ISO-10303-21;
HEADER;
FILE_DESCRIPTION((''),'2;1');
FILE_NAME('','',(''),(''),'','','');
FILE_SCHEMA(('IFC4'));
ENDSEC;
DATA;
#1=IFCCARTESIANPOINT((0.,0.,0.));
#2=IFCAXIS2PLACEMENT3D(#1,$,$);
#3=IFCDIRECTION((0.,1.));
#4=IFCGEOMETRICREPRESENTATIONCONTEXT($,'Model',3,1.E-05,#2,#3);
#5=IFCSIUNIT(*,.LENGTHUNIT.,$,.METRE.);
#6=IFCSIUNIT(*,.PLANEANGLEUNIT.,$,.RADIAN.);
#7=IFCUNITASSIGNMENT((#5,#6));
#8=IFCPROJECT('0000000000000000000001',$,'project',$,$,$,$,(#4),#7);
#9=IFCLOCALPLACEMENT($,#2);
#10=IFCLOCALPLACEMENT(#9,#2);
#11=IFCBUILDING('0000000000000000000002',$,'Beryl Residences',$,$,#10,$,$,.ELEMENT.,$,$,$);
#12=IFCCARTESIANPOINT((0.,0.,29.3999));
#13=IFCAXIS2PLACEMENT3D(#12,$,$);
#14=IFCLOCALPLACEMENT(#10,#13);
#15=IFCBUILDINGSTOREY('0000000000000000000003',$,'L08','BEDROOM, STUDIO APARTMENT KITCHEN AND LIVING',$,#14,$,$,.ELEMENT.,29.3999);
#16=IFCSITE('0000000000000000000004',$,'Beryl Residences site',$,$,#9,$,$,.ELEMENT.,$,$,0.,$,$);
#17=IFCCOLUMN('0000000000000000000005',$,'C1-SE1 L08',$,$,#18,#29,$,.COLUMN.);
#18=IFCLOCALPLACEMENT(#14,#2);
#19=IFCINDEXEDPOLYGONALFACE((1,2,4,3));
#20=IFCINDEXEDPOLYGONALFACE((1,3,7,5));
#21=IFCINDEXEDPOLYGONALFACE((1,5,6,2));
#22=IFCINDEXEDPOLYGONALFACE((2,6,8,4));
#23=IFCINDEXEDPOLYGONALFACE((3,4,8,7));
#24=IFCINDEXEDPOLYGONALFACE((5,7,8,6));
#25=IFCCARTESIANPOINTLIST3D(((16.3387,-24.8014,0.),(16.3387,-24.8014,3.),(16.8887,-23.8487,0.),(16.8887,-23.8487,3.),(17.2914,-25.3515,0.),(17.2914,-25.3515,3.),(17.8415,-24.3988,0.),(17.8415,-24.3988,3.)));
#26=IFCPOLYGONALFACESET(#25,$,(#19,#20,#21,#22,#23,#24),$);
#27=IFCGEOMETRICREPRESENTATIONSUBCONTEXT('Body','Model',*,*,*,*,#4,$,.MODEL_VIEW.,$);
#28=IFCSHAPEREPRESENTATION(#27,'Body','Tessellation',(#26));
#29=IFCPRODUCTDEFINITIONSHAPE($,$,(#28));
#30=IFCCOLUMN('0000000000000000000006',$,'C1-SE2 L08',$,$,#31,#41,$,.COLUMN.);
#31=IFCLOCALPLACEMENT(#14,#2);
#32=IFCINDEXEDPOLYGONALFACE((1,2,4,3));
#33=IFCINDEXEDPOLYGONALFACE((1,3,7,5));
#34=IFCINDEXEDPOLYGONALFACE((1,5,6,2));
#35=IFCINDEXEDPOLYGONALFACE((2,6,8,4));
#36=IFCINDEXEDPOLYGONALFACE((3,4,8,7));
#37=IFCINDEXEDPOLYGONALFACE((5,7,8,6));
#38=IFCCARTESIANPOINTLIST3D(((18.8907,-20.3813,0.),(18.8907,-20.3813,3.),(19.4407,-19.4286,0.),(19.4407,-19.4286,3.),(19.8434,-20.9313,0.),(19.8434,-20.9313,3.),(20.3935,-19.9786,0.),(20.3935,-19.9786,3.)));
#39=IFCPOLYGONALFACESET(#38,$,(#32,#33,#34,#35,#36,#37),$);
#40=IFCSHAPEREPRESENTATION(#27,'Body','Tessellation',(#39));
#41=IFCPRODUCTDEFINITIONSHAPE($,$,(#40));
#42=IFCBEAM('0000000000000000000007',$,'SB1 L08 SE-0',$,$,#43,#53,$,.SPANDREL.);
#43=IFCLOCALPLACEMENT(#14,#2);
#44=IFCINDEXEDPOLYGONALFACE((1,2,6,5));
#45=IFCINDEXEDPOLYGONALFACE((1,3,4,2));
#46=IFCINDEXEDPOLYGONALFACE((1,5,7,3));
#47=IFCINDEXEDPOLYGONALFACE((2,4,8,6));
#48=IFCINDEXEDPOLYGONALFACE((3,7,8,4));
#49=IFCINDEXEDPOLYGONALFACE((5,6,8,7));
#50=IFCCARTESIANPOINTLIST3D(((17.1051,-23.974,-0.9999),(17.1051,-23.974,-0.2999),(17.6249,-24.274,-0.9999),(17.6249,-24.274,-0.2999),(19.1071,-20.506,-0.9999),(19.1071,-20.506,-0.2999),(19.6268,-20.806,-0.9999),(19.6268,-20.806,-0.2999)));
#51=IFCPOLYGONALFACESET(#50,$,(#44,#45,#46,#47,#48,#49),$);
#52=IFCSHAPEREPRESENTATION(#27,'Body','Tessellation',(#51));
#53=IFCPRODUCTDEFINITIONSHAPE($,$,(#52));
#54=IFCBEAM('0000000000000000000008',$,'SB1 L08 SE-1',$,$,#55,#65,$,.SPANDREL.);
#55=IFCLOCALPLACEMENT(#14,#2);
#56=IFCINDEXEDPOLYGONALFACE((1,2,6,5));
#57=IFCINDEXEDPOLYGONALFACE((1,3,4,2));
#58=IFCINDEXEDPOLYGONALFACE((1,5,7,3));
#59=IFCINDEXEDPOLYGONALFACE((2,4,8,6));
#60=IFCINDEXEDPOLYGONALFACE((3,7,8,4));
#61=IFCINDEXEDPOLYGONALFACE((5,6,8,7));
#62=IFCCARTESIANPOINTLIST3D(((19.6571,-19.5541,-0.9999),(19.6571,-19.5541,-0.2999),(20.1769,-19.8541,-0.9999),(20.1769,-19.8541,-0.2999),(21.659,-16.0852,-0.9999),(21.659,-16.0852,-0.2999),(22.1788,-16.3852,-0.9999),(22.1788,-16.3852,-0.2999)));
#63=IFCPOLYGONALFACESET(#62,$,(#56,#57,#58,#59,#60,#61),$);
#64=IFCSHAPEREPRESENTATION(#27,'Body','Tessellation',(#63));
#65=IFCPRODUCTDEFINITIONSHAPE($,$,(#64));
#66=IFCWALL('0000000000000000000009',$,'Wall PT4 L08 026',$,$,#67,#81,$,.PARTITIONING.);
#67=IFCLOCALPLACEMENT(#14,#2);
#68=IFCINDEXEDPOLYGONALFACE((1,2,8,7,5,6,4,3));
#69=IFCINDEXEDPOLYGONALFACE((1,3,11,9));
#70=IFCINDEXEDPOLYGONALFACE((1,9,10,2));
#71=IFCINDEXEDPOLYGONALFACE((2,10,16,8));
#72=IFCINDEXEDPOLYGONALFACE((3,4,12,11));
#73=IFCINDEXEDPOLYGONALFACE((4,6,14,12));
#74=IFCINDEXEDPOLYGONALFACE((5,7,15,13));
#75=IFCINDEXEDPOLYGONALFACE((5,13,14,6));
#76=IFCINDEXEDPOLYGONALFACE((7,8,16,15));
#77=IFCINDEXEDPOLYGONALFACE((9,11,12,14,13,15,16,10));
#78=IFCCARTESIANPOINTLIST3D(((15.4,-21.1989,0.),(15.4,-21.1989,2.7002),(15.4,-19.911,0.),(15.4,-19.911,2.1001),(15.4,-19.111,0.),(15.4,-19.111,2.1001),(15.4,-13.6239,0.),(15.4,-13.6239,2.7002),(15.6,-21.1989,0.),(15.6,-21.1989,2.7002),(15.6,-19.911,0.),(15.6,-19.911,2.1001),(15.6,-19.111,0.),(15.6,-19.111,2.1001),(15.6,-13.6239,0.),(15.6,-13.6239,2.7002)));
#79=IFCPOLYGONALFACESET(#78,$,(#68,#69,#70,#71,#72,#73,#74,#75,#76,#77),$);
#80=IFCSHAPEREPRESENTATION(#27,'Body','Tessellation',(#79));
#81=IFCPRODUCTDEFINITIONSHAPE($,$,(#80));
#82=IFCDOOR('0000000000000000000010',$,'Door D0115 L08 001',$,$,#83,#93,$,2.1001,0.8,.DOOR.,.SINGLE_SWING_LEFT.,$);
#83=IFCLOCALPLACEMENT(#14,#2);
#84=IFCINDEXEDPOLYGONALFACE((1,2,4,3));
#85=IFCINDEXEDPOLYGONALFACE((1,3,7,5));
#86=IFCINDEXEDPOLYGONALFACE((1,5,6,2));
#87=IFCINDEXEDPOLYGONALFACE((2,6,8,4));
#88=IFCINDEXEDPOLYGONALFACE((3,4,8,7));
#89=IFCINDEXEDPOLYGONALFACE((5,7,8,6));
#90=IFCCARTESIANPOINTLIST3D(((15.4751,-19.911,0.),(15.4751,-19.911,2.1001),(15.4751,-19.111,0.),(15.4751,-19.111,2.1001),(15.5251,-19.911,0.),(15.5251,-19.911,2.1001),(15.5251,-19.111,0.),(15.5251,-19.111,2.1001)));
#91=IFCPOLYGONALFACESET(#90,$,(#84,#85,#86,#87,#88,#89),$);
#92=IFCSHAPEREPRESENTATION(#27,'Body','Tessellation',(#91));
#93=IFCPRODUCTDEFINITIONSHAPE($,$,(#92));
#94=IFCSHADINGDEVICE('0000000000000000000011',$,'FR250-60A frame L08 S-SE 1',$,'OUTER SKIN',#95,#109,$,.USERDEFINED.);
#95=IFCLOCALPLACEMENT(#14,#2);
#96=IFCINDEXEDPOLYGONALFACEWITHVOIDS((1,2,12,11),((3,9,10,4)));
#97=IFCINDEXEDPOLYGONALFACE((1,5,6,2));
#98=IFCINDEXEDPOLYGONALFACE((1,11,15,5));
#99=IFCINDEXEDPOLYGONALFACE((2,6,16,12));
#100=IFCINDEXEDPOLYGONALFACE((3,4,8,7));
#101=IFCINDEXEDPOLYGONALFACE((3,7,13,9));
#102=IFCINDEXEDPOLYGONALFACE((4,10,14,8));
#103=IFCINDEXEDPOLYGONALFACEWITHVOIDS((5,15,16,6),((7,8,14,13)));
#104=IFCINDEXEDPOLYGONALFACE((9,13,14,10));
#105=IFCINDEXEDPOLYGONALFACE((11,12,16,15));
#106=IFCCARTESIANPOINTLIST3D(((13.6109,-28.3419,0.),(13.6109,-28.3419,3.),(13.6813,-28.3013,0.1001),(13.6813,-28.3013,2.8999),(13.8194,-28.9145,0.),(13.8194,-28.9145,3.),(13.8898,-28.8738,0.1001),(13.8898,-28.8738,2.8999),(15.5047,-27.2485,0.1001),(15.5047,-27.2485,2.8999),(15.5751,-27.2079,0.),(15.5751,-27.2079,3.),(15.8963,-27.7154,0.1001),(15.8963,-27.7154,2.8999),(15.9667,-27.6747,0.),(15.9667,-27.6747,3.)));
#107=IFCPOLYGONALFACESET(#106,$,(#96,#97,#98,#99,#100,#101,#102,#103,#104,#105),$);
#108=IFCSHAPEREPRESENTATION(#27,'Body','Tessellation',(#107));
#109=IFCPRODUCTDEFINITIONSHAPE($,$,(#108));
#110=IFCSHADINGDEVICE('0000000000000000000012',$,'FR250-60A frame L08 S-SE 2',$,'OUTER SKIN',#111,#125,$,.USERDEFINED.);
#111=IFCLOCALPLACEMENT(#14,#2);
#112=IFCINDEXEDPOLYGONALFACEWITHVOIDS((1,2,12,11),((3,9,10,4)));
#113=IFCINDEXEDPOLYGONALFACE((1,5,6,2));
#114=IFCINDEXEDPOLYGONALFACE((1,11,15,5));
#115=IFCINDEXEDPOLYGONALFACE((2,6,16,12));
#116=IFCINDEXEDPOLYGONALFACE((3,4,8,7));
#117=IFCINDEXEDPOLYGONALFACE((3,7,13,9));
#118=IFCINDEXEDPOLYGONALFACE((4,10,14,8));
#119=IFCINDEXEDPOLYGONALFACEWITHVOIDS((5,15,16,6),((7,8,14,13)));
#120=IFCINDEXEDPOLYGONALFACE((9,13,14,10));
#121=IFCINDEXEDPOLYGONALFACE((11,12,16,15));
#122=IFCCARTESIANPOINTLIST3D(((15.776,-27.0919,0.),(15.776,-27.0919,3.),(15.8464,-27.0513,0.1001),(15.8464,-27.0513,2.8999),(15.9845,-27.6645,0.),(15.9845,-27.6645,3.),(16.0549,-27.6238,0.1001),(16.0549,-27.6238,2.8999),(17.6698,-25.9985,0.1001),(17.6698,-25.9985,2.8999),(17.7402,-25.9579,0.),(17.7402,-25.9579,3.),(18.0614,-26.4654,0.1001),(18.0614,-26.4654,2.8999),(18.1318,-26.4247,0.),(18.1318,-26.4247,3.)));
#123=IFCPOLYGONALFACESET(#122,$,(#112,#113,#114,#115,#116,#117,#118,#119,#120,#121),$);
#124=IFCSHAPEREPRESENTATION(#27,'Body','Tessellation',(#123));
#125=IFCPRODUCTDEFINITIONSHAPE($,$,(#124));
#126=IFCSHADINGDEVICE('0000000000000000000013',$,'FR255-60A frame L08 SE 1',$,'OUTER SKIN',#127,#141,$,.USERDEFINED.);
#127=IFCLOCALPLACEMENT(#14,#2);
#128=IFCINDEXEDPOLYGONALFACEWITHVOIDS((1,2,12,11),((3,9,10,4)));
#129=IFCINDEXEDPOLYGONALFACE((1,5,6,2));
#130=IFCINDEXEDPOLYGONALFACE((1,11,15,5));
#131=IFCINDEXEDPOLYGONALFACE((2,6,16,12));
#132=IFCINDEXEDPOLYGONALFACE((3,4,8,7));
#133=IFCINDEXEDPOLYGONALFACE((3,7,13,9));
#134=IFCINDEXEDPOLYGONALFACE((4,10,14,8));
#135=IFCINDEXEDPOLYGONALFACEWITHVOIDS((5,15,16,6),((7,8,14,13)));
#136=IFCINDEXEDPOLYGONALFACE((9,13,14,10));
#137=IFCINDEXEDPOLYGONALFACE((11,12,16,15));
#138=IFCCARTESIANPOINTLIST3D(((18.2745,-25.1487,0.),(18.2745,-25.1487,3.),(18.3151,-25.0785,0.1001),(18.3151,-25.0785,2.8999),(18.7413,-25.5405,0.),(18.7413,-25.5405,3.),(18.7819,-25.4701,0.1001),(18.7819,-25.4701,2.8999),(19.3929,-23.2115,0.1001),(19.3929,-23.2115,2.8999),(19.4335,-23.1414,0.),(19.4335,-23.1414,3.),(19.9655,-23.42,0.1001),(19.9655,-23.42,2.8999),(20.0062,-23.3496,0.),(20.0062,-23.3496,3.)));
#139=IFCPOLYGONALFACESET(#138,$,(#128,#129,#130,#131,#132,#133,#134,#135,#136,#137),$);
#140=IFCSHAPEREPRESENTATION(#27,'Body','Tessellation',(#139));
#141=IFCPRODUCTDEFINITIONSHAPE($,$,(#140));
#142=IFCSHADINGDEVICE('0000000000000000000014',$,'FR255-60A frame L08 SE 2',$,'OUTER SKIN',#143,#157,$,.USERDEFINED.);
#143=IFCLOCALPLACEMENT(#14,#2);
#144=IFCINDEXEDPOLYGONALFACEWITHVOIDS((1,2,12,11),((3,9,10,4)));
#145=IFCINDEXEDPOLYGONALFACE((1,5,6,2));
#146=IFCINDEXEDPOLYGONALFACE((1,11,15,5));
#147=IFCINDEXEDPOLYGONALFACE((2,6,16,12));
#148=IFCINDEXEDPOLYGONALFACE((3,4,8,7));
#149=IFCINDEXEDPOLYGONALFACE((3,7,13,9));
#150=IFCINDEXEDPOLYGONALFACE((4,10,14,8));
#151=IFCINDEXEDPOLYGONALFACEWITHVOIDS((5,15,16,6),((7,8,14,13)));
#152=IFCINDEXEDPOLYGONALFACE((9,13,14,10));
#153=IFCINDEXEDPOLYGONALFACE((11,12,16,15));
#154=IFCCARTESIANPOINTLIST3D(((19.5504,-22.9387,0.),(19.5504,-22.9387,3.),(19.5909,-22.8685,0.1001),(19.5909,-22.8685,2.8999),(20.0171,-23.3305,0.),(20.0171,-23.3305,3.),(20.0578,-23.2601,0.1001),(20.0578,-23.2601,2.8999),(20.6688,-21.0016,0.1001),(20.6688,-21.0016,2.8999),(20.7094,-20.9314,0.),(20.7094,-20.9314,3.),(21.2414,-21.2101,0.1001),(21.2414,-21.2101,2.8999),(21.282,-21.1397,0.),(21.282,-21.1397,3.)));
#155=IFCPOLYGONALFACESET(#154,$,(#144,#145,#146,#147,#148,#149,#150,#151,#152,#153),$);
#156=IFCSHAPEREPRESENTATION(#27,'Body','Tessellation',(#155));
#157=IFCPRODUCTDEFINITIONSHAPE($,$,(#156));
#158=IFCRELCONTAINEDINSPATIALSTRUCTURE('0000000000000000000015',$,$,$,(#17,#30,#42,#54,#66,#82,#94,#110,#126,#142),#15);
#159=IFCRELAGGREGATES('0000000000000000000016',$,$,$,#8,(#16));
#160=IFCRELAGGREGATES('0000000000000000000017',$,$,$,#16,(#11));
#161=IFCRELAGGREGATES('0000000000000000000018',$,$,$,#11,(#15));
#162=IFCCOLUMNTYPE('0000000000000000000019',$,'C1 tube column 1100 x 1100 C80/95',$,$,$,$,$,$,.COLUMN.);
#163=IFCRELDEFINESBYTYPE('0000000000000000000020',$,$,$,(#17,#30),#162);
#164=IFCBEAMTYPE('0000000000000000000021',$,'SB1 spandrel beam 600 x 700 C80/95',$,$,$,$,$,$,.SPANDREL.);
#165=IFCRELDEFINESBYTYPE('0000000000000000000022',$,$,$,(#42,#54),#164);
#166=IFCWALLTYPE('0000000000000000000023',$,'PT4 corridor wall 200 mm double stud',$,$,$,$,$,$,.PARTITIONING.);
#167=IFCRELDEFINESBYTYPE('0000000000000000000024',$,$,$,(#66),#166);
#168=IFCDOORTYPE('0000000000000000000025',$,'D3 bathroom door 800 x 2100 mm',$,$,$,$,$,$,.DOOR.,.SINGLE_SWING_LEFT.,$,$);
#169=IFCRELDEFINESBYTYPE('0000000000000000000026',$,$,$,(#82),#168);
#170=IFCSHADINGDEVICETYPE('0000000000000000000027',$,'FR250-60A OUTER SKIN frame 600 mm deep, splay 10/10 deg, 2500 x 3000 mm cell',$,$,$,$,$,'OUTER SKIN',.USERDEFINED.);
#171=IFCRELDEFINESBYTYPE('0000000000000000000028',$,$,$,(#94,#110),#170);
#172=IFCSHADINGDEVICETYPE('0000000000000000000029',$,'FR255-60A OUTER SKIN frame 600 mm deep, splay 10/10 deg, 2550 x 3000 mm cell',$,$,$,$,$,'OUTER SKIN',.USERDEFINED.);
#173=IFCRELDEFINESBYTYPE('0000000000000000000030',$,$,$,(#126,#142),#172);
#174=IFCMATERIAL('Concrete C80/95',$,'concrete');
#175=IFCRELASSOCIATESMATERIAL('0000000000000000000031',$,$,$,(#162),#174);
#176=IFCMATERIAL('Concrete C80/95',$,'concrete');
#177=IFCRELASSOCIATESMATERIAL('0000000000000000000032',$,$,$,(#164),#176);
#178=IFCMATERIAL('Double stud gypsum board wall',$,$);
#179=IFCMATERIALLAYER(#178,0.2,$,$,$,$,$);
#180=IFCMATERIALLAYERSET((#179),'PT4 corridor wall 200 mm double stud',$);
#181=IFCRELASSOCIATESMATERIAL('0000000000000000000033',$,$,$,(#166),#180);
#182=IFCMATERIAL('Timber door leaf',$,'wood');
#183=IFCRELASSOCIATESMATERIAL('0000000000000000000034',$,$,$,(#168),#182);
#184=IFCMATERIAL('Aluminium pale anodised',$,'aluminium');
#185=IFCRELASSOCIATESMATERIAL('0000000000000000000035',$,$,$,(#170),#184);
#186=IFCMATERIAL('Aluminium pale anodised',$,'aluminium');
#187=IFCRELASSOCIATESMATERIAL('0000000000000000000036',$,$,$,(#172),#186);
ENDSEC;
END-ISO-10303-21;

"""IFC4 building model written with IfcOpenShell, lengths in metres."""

from ifc_helpers import new_model, entity, si_unit, direction, frame, frame_2d, origin, origin_2d, place, context, subcontext, project, spatial, rectangle, extrude, source, transform, mapped, material, layer, layer_set, material_profile, profile_set, type_object, type_shapes, element, fill, save


model = new_model("IFC4")

# Units and contexts
model_context = context("Model", 3, precision=1e-05, world=origin(), true_north=direction((0.0, 1.0)))
body_context = subcontext(model_context, "Body", "Model", "MODEL_VIEW")
ifc_project = project(units=[si_unit("LENGTHUNIT", "METRE"), si_unit("PLANEANGLEUNIT", "RADIAN")], contexts=[model_context])

# Site, building, storey
site_placement = place(None, origin())
site = spatial("IfcSite", under=ifc_project, at=site_placement, Name="Beryl Residences site", CompositionType="ELEMENT", RefElevation=0.0)
building_placement = place(site_placement, origin())
building = spatial("IfcBuilding", under=site, at=building_placement, Name="Beryl Residences", CompositionType="ELEMENT")
storey_placement = place(building_placement, frame((0.0, 0.0, 29.3999)))
storey = spatial("IfcBuildingStorey", under=building, at=storey_placement, Name="L08", Description="BEDROOM, STUDIO APARTMENT KITCHEN AND LIVING", CompositionType="ELEMENT", Elevation=29.3999)

# Columns
ifc_material_1 = material(Name="Concrete C80/95", Category="concrete")
ifc_material_profile_1 = material_profile(ifc_material_1, rectangle(XDim=1.1001, YDim=1.1001, at=origin_2d()))
ifc_profile_set_1 = profile_set([ifc_material_profile_1], Name="Concrete C80/95")
column_type = type_object("IfcColumnType", Name="C1 tube column 1100 x 1100 C80/95", PredefinedType="COLUMN", material=ifc_profile_set_1)
for number, where, z_axis, x_axis, name in (
    (1, (17.0901, -24.6001, 0.0), (0.0, 0.0, 1.0), (0.499985, 0.866034, 0.0), "C1-SE1 L08"),
    (2, (19.6421, -20.1799, 0.0), (0.0, 0.0, 1.0), (0.499985, 0.866034, 0.0), "C1-SE2 L08"),
):
    element("IfcColumn", number, at=place(storey_placement, frame(where, z_axis=z_axis, x_axis=x_axis)), inside=storey, type_object=column_type, Name=name, PredefinedType="COLUMN", context=body_context, shape_type="SweptSolid", body=[
        extrude(rectangle(XDim=1.1001, YDim=1.1001, at=origin_2d()), origin(), (0.0, 0.0, 1.0), 3.0),
    ])

# Beams
ifc_material_2 = material(Name="Concrete C80/95", Category="concrete")
ifc_material_profile_2 = material_profile(ifc_material_2, rectangle(XDim=0.6001, YDim=0.7, at=origin_2d()))
ifc_profile_set_2 = profile_set([ifc_material_profile_2], Name="Concrete C80/95")
beam_type = type_object("IfcBeamType", Name="SB1 spandrel beam 600 x 700 C80/95", PredefinedType="SPANDREL", material=ifc_profile_set_2)
beam_1_placement = place(storey_placement, frame((17.365, -24.124, -0.6499), z_axis=(0.499942, 0.866059, 0.0), x_axis=(-0.866059, 0.499942, 0.0)))
element("IfcBeam", 3, at=beam_1_placement, inside=storey, type_object=beam_type, Name="SB1 L08 SE-0", PredefinedType="SPANDREL", context=body_context, shape_type="SweptSolid", body=[
    extrude(rectangle(XDim=0.6001, YDim=0.7, at=origin_2d()), origin(), (0.0, 0.0, 1.0), 4.0044),
])
beam_2_placement = place(storey_placement, frame((19.917, -19.7041, -0.6499), z_axis=(0.499837, 0.86612, 0.0), x_axis=(-0.86612, 0.499837, 0.0)))
element("IfcBeam", 4, at=beam_2_placement, inside=storey, type_object=beam_type, Name="SB1 L08 SE-1", PredefinedType="SPANDREL", context=body_context, shape_type="SweptSolid", body=[
    extrude(rectangle(XDim=0.6001, YDim=0.7, at=origin_2d()), origin(), (0.0, 0.0, 1.0), 4.0051),
])

# Wall, opening, door
ifc_material_3 = material(Name="Double stud gypsum board wall")
ifc_layer_1 = layer(ifc_material_3, 0.2)
ifc_layer_set_1 = layer_set([ifc_layer_1], Name="PT4 corridor wall 200 mm double stud")
wall_type_1 = type_object("IfcWallType", Name="PT4 corridor wall 200 mm double stud", PredefinedType="PARTITIONING", material=ifc_layer_set_1)
wall_1_placement = place(storey_placement, frame((15.5, -21.199, 0.0), z_axis=(0.0, 0.0, 1.0), x_axis=(0.0, 1.0, 0.0)))
wall_1 = element("IfcWall", 5, at=wall_1_placement, inside=storey, type_object=wall_type_1, Name="Wall PT4 L08 026", PredefinedType="PARTITIONING", context=body_context, shape_type="SweptSolid", body=[
    extrude(rectangle(XDim=7.575, YDim=0.2, at=frame_2d((3.7876, 0.0))), origin(), (0.0, 0.0, 1.0), 2.7002),
])
opening_1_placement = place(wall_1_placement, frame((1.2881, 0.0, 0.0)))
opening_1 = element("IfcOpeningElement", 6, at=opening_1_placement, cuts=wall_1, PredefinedType="OPENING", context=body_context, shape_type="SweptSolid", body=[
    extrude(rectangle(XDim=0.8, YDim=2.1001, at=frame_2d((0.3999, 1.05))), frame((0.0, 0.1099, 0.0), z_axis=(0.0, -1.0, 0.0), x_axis=(1.0, 0.0, 0.0)), (0.0, 0.0, 1.0), 0.22),
])
ifc_material_4 = material(Name="Timber door leaf", Category="wood")
door_type = type_object("IfcDoorType", Name="D3 bathroom door 800 x 2100 mm", OperationType="SINGLE_SWING_LEFT", PredefinedType="DOOR", material=ifc_material_4)
door_placement = place(opening_1_placement, origin())
door = element("IfcDoor", 7, at=door_placement, inside=storey, type_object=door_type, Name="Door D0115 L08 001", OperationType="SINGLE_SWING_LEFT", OverallHeight=2.1001, OverallWidth=0.8, PredefinedType="DOOR", context=body_context, shape_type="SweptSolid", body=[
    extrude(rectangle(XDim=0.8, YDim=2.1001, at=frame_2d((0.3999, 1.05))), frame((0.0, 0.0249, 0.0), z_axis=(0.0, -1.0, 0.0), x_axis=(1.0, 0.0, 0.0)), (0.0, 0.0, 1.0), 0.05),
])
fill(opening_1, door)

# Shading devices
ifc_material_5 = material(Name="Aluminium pale anodised", Category="aluminium")
shading_device_type_1 = type_object("IfcShadingDeviceType", Name="FR250-60A OUTER SKIN frame 600 mm deep, splay 10/10 deg, 2500 x 3000 mm cell", ElementType="OUTER SKIN", PredefinedType="USERDEFINED", material=ifc_material_5)
cartesian_point_1 = entity("IfcCartesianPoint", [-1.134, 0.0])
cartesian_point_2 = entity("IfcCartesianPoint", [-1.0527, 0.1001])
cartesian_point_3 = entity("IfcCartesianPoint", [-1.2397, 0.0])
cartesian_point_4 = entity("IfcCartesianPoint", [-1.1584, 0.1001])
shared_shape_1 = source(origin(), body_context, "Body", "SweptSolid", [
    entity("IfcExtrudedAreaSolidTapered", entity("IfcArbitraryProfileDefWithVoids", "AREA", None, entity("IfcPolyline", [cartesian_point_1, entity("IfcCartesianPoint", [1.134, 0.0]), entity("IfcCartesianPoint", [1.134, 3.0]), entity("IfcCartesianPoint", [-1.134, 3.0]), cartesian_point_1]), [entity("IfcPolyline", [cartesian_point_2, entity("IfcCartesianPoint", [1.0527, 0.1001]), entity("IfcCartesianPoint", [1.0527, 2.8999]), entity("IfcCartesianPoint", [-1.0527, 2.8999]), cartesian_point_2])]), entity("IfcAxis2Placement3D", entity("IfcCartesianPoint", [0.0, 0.0, 0.0]), entity("IfcDirection", [0.0, 1.0, 0.0]), entity("IfcDirection", [-1.0, 0.0, 0.0])), entity("IfcDirection", [0.0, 0.0, 1.0]), 0.6001, entity("IfcArbitraryProfileDefWithVoids", "AREA", None, entity("IfcPolyline", [cartesian_point_3, entity("IfcCartesianPoint", [1.2397, 0.0]), entity("IfcCartesianPoint", [1.2397, 3.0]), entity("IfcCartesianPoint", [-1.2397, 3.0]), cartesian_point_3]), [entity("IfcPolyline", [cartesian_point_4, entity("IfcCartesianPoint", [1.1584, 0.1001]), entity("IfcCartesianPoint", [1.1584, 2.8999]), entity("IfcCartesianPoint", [-1.1584, 2.8999]), cartesian_point_4])])),
])
type_shapes(shading_device_type_1, [shared_shape_1])
for number, where, z_axis, x_axis, name in (
    (8, (14.593, -27.7749, 0.0), (0.0, 0.0, 1.0), (-0.866025, -0.5, 0.0), "FR250-60A frame L08 S-SE 1"),
    (9, (16.7581, -26.5249, 0.0), (0.0, 0.0, 1.0), (-0.866025, -0.5, 0.0), "FR250-60A frame L08 S-SE 2"),
):
    element("IfcShadingDevice", number, at=place(storey_placement, frame(where, z_axis=z_axis, x_axis=x_axis)), inside=storey, type_object=shading_device_type_1, Name=name, ObjectType="OUTER SKIN", PredefinedType="USERDEFINED", context=body_context, shape_type="MappedRepresentation", body=[
        mapped(shared_shape_1, transform((0.0, 0.0, 0.0))),
    ])
ifc_material_6 = material(Name="Aluminium pale anodised", Category="aluminium")
shading_device_type_2 = type_object("IfcShadingDeviceType", Name="FR255-60A OUTER SKIN frame 600 mm deep, splay 10/10 deg, 2550 x 3000 mm cell", ElementType="OUTER SKIN", PredefinedType="USERDEFINED", material=ifc_material_6)
cartesian_point_5 = entity("IfcCartesianPoint", [-1.1589, 0.0])
cartesian_point_6 = entity("IfcCartesianPoint", [-1.0779, 0.1001])
cartesian_point_7 = entity("IfcCartesianPoint", [-1.2649, 0.0])
cartesian_point_8 = entity("IfcCartesianPoint", [-1.1836, 0.1001])
shared_shape_2 = source(origin(), body_context, "Body", "SweptSolid", [
    entity("IfcExtrudedAreaSolidTapered", entity("IfcArbitraryProfileDefWithVoids", "AREA", None, entity("IfcPolyline", [cartesian_point_5, entity("IfcCartesianPoint", [1.1589, 0.0]), entity("IfcCartesianPoint", [1.1589, 3.0]), entity("IfcCartesianPoint", [-1.1589, 3.0]), cartesian_point_5]), [entity("IfcPolyline", [cartesian_point_6, entity("IfcCartesianPoint", [1.0779, 0.1001]), entity("IfcCartesianPoint", [1.0779, 2.8999]), entity("IfcCartesianPoint", [-1.0779, 2.8999]), cartesian_point_6])]), entity("IfcAxis2Placement3D", entity("IfcCartesianPoint", [0.0, 0.0, 0.0]), entity("IfcDirection", [0.0, 1.0, 0.0]), entity("IfcDirection", [-1.0, 0.0, 0.0])), entity("IfcDirection", [0.0, 0.0, 1.0]), 0.6001, entity("IfcArbitraryProfileDefWithVoids", "AREA", None, entity("IfcPolyline", [cartesian_point_7, entity("IfcCartesianPoint", [1.2649, 0.0]), entity("IfcCartesianPoint", [1.2649, 3.0]), entity("IfcCartesianPoint", [-1.2649, 3.0]), cartesian_point_7]), [entity("IfcPolyline", [cartesian_point_8, entity("IfcCartesianPoint", [1.1836, 0.1001]), entity("IfcCartesianPoint", [1.1836, 2.8999]), entity("IfcCartesianPoint", [-1.1836, 2.8999]), cartesian_point_8])])),
])
type_shapes(shading_device_type_2, [shared_shape_2])
for number, where, z_axis, x_axis, name in (
    (10, (18.854, -24.145, 0.0), (0.0, 0.0, 1.0), (-0.5, -0.866025, 0.0), "FR255-60A frame L08 SE 1"),
    (11, (20.1299, -21.9351, 0.0), (0.0, 0.0, 1.0), (-0.5, -0.866025, 0.0), "FR255-60A frame L08 SE 2"),
):
    element("IfcShadingDevice", number, at=place(storey_placement, frame(where, z_axis=z_axis, x_axis=x_axis)), inside=storey, type_object=shading_device_type_2, Name=name, ObjectType="OUTER SKIN", PredefinedType="USERDEFINED", context=body_context, shape_type="MappedRepresentation", body=[
        mapped(shared_shape_2, transform((0.0, 0.0, 0.0))),
    ])

save(model, "model.ifc")
